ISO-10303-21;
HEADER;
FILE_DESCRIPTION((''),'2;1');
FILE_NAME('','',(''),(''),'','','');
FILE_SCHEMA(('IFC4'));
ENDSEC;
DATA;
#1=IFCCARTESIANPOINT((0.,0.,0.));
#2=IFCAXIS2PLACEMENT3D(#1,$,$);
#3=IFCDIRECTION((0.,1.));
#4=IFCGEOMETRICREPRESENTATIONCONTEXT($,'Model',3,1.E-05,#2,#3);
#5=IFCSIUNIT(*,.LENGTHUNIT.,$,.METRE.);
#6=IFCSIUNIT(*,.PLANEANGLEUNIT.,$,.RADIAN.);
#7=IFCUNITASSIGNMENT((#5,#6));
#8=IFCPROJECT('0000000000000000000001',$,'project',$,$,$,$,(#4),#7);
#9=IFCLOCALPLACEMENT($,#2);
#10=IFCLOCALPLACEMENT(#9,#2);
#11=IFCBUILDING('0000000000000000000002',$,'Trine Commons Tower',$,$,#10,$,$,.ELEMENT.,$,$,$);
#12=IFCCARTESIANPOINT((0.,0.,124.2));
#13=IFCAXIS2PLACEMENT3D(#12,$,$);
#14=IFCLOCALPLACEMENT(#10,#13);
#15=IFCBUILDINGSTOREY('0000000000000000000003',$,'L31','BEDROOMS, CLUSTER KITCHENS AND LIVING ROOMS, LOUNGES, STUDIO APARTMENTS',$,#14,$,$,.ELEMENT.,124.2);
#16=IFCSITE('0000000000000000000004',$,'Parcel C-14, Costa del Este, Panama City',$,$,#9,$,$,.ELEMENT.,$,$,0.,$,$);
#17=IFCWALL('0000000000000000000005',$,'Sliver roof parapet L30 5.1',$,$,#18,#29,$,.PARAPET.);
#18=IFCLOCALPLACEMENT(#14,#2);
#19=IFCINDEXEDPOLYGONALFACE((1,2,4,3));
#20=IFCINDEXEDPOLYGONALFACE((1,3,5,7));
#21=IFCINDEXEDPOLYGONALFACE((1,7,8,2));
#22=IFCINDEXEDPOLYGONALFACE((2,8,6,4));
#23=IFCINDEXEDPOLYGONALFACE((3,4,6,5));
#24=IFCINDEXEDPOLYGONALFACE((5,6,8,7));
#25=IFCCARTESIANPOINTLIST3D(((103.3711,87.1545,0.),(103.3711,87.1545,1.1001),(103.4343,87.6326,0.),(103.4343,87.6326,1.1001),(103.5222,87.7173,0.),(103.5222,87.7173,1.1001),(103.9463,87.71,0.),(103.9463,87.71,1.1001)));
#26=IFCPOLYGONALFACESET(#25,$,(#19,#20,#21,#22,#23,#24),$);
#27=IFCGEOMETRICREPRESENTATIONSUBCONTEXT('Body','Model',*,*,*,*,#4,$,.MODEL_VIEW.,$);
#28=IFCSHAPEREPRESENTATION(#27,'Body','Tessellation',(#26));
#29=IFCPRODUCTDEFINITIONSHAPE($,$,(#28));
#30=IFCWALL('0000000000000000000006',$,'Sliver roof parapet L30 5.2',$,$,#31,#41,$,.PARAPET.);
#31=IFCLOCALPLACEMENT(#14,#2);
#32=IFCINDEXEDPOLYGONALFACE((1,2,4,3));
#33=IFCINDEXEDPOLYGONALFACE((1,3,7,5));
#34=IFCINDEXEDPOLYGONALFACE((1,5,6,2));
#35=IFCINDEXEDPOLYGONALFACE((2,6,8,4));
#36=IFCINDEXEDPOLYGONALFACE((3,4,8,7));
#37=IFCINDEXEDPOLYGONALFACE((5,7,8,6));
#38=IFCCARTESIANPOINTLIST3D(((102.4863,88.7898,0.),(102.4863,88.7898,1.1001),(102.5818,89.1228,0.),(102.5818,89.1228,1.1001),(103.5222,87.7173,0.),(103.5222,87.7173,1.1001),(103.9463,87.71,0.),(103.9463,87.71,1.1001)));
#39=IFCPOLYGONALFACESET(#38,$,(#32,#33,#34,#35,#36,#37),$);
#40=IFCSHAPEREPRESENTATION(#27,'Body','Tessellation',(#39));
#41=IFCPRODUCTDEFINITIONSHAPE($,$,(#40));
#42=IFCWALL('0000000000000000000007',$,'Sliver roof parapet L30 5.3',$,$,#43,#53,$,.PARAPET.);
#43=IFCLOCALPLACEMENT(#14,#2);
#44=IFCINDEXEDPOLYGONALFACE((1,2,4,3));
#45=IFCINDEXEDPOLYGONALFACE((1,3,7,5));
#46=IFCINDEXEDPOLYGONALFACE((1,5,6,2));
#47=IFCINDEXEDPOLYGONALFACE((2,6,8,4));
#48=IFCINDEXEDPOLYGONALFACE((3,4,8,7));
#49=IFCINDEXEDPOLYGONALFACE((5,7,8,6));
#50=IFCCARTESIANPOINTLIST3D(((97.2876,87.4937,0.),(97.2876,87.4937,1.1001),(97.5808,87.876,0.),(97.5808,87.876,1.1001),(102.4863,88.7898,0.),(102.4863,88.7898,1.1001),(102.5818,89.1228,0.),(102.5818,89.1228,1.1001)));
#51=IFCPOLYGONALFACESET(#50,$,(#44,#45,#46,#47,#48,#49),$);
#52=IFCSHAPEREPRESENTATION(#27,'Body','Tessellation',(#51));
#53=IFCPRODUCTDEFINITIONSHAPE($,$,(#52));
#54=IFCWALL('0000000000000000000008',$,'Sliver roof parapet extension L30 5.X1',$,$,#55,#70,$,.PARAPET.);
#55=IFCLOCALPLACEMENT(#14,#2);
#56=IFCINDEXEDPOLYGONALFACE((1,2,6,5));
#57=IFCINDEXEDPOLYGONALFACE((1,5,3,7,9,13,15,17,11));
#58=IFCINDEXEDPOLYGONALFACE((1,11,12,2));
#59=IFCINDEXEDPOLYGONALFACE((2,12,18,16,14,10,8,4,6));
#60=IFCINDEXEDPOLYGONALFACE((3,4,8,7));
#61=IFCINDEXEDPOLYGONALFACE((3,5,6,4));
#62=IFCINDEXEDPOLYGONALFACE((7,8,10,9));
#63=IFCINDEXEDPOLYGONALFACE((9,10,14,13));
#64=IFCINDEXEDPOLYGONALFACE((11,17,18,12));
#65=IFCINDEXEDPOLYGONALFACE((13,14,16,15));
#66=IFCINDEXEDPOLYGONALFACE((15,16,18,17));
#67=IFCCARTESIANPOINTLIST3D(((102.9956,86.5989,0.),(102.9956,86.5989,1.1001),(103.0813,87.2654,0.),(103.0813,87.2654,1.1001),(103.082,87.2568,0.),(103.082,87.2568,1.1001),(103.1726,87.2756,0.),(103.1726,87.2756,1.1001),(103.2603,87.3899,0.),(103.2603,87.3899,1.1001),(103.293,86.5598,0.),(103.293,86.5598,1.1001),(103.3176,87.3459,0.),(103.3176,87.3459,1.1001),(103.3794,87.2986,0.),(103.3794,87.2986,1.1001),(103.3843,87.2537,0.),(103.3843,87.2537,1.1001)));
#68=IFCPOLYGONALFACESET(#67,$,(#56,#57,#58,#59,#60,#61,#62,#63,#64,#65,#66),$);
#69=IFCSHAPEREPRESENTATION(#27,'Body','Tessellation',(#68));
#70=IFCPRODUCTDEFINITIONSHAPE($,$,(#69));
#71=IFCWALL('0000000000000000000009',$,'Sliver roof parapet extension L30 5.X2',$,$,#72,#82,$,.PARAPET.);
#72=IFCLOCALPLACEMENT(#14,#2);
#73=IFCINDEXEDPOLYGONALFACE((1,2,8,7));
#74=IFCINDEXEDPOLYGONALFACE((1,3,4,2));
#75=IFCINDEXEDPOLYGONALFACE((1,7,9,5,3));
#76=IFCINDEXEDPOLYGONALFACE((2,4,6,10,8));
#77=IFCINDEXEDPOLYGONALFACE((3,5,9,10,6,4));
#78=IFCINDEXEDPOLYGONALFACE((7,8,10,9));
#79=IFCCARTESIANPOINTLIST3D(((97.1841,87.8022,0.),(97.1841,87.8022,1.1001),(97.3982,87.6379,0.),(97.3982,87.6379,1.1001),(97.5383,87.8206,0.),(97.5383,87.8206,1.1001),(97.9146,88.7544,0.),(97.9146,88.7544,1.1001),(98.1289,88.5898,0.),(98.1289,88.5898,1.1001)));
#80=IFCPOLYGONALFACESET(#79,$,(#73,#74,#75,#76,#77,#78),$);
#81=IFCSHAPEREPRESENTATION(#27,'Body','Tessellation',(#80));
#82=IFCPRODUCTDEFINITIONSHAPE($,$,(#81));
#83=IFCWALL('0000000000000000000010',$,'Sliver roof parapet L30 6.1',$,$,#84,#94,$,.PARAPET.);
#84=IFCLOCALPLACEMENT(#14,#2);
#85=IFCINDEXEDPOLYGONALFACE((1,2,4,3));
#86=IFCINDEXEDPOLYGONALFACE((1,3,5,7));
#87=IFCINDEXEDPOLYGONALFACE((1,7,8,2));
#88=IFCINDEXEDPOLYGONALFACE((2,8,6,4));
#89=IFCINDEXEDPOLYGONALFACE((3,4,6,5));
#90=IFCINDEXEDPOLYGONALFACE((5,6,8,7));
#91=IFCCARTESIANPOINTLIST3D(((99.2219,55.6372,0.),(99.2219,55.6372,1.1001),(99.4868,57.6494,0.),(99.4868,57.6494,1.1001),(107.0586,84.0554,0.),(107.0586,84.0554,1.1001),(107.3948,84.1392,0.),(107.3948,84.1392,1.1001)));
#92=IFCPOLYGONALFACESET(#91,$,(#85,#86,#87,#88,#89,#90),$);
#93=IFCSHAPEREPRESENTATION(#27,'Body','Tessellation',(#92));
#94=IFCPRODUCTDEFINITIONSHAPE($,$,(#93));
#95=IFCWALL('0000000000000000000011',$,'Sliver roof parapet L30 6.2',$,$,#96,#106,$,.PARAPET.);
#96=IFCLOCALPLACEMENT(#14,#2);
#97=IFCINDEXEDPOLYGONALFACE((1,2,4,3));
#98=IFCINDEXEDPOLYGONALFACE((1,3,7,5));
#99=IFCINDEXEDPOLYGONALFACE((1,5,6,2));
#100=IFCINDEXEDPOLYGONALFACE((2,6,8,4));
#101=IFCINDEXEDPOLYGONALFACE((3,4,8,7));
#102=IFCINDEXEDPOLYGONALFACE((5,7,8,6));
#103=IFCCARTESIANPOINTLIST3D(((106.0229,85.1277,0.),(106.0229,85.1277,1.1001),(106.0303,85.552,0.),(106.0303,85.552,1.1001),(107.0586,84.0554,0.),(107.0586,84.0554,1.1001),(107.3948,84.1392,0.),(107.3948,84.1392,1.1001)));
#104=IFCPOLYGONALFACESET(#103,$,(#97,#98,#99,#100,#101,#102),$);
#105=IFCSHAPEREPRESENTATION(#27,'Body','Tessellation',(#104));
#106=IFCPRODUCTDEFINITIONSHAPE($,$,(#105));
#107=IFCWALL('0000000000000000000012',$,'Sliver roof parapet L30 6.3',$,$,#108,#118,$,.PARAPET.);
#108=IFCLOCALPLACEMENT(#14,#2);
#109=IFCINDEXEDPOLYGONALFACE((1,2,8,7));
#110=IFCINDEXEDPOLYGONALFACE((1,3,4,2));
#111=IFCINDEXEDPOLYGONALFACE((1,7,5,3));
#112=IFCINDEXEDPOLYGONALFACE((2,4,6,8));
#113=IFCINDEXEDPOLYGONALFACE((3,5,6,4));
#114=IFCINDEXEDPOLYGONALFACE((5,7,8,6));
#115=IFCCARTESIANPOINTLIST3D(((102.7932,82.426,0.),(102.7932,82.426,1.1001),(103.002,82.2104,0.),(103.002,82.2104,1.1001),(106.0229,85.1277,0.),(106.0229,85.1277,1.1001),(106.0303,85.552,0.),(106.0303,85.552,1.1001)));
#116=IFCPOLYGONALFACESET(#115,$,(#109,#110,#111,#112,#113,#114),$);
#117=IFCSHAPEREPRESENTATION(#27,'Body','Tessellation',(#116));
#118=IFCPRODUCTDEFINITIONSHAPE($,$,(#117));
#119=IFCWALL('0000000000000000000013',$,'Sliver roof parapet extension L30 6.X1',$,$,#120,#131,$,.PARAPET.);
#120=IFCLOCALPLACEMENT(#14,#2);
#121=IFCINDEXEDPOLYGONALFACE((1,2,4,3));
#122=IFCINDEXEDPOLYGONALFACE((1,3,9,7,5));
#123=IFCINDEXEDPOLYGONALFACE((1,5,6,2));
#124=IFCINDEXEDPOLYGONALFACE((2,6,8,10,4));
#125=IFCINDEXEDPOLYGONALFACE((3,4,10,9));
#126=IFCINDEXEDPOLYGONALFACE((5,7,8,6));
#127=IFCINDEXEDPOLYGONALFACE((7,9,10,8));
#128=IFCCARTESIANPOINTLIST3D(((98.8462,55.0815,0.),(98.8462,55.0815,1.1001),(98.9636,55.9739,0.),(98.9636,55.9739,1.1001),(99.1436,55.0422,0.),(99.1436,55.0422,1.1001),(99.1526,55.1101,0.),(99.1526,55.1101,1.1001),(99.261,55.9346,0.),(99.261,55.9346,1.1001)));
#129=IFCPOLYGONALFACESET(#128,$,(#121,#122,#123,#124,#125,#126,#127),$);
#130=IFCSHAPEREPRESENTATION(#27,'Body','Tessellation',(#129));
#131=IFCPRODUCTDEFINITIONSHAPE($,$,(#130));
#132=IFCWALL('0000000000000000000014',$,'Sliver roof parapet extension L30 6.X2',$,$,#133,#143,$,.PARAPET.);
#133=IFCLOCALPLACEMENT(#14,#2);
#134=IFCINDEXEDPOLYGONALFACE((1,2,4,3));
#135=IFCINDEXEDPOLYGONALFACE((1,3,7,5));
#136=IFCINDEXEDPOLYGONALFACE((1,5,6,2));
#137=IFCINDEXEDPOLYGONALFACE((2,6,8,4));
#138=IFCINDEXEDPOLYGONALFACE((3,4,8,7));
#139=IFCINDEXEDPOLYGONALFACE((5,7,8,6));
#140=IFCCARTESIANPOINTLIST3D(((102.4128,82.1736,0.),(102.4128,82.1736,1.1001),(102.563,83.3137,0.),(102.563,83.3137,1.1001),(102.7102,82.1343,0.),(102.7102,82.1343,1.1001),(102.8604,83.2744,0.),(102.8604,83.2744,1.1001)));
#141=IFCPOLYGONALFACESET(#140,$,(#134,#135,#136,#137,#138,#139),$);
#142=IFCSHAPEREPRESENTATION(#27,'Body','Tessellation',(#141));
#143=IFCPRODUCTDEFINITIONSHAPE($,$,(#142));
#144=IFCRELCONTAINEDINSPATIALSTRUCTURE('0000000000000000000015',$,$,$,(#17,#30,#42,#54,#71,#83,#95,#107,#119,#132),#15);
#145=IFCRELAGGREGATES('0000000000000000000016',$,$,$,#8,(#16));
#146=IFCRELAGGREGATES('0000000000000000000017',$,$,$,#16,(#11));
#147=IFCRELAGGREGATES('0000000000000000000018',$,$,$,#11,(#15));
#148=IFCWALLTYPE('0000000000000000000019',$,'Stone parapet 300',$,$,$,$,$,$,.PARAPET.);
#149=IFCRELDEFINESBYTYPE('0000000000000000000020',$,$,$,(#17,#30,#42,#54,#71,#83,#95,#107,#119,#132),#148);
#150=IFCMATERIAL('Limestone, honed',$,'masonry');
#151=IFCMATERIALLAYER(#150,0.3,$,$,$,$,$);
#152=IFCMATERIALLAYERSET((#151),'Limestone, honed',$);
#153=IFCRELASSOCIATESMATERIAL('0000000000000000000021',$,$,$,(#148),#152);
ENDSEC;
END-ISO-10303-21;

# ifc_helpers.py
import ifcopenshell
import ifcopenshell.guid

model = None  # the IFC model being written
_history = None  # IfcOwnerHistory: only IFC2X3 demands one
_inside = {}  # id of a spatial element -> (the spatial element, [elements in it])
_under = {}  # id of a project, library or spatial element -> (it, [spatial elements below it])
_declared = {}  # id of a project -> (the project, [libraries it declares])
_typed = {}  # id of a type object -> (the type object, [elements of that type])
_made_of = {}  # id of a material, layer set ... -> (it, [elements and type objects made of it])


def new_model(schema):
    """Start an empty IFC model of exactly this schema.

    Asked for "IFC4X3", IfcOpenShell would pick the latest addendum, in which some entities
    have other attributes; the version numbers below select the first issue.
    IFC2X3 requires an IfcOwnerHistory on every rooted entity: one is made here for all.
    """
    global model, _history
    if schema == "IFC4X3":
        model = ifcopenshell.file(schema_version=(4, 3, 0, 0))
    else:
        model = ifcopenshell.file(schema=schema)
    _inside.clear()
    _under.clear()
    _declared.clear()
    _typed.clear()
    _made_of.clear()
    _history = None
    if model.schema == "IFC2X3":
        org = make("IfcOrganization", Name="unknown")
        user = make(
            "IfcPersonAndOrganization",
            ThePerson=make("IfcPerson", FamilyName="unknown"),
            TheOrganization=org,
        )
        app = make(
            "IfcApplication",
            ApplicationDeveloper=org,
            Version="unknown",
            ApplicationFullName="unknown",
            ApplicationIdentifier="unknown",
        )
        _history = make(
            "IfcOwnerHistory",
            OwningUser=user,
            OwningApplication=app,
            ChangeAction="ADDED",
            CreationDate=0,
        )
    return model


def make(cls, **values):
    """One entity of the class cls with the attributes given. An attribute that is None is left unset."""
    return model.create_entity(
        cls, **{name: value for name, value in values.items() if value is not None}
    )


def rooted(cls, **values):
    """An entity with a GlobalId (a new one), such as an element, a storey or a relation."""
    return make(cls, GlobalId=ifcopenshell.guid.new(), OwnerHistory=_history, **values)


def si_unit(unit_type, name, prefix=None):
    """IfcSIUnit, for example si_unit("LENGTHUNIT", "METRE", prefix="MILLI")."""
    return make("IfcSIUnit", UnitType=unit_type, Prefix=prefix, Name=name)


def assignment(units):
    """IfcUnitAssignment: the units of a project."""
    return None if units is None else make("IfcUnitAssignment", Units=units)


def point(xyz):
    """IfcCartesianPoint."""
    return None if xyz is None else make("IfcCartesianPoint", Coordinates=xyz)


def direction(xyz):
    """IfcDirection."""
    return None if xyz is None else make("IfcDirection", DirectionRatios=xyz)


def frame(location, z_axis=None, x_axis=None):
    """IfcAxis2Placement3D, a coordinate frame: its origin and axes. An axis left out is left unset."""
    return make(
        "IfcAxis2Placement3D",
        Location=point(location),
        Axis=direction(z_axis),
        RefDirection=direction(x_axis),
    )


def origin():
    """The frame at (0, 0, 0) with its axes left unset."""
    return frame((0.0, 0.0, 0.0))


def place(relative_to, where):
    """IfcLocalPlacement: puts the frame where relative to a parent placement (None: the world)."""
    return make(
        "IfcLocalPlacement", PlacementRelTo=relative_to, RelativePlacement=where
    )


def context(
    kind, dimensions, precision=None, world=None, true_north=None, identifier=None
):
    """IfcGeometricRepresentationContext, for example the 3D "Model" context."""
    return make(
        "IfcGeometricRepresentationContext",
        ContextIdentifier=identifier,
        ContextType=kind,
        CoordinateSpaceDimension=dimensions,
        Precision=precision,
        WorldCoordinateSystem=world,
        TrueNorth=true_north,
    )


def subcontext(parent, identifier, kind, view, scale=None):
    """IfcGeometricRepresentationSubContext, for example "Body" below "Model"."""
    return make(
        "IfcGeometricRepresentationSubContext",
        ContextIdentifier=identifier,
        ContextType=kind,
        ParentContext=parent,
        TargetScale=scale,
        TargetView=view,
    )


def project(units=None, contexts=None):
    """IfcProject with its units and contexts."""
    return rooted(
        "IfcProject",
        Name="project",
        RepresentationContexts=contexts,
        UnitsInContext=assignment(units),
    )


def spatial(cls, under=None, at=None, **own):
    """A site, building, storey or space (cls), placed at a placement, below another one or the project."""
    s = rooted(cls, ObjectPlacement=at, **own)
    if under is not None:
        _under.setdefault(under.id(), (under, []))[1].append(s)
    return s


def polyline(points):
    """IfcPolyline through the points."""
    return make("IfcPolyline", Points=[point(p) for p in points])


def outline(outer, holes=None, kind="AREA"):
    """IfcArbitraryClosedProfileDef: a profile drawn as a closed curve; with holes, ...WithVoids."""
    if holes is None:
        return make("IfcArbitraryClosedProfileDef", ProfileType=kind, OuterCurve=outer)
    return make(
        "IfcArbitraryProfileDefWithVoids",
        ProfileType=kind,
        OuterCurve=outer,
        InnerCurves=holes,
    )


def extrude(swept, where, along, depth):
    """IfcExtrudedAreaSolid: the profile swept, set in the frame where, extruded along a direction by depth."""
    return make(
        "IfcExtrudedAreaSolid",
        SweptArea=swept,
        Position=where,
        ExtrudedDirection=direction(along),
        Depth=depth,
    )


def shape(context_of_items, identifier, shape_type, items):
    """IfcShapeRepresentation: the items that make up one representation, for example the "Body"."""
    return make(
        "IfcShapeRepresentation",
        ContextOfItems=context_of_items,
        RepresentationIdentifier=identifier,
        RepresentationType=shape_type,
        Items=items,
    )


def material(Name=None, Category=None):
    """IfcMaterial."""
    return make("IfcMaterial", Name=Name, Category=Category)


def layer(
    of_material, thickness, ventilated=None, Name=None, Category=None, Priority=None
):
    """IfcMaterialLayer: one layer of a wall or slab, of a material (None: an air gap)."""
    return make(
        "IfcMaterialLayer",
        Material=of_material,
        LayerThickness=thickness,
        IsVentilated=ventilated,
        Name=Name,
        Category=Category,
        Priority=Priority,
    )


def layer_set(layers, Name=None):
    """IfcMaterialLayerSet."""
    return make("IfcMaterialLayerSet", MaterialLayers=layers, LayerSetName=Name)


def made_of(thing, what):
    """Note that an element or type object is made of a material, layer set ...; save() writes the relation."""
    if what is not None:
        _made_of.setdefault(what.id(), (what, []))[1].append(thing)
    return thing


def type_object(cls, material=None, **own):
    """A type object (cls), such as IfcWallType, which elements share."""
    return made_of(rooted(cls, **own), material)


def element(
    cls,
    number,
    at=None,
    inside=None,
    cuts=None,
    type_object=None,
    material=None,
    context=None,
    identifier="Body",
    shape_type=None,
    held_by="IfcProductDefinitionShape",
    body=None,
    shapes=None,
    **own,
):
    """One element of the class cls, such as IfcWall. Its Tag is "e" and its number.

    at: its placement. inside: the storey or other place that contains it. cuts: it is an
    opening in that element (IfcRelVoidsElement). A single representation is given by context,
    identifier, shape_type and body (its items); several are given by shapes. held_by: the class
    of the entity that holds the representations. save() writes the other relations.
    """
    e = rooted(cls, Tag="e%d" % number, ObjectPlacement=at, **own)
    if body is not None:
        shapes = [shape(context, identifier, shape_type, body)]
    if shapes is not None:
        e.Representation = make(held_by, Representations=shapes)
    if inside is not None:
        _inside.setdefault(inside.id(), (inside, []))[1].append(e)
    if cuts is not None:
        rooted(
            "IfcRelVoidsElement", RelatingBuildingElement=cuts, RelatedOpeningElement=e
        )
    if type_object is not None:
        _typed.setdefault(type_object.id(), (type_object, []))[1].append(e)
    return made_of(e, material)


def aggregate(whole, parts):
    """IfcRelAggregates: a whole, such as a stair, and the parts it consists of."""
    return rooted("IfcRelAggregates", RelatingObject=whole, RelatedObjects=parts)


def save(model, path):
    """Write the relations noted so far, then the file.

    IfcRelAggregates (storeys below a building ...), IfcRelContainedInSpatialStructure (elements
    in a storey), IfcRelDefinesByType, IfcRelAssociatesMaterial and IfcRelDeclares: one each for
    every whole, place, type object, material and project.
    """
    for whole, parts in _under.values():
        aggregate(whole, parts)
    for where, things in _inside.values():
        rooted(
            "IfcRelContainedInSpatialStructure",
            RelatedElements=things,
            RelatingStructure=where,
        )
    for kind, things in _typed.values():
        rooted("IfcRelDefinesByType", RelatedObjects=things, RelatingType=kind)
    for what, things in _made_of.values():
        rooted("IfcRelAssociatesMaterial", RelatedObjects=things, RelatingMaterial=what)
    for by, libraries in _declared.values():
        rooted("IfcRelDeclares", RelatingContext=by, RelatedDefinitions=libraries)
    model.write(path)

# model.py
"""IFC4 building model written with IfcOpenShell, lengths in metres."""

from ifc_helpers import new_model, si_unit, direction, frame, origin, place, context, subcontext, project, spatial, polyline, outline, extrude, material, layer, layer_set, type_object, element, save


model = new_model("IFC4")

# Units and contexts
model_context = context("Model", 3, precision=1e-05, world=origin(), true_north=direction((0.0, 1.0)))
body_context = subcontext(model_context, "Body", "Model", "MODEL_VIEW")
ifc_project = project(units=[si_unit("LENGTHUNIT", "METRE"), si_unit("PLANEANGLEUNIT", "RADIAN")], contexts=[model_context])

# Site, building, storey
site_placement = place(None, origin())
site = spatial("IfcSite", under=ifc_project, at=site_placement, Name="Parcel C-14, Costa del Este, Panama City", CompositionType="ELEMENT", RefElevation=0.0)
building_placement = place(site_placement, origin())
building = spatial("IfcBuilding", under=site, at=building_placement, Name="Trine Commons Tower", CompositionType="ELEMENT")
storey_placement = place(building_placement, frame((0.0, 0.0, 124.2)))
storey = spatial("IfcBuildingStorey", under=building, at=storey_placement, Name="L31", Description="BEDROOMS, CLUSTER KITCHENS AND LIVING ROOMS, LOUNGES, STUDIO APARTMENTS", CompositionType="ELEMENT", Elevation=124.2)

# Walls
ifc_material_1 = material(Name="Limestone, honed", Category="masonry")
ifc_layer_1 = layer(ifc_material_1, 0.3)
ifc_layer_set_1 = layer_set([ifc_layer_1], Name="Limestone, honed")
wall_type = type_object("IfcWallType", Name="Stone parapet 300", PredefinedType="PARAPET", material=ifc_layer_set_1)
wall_1_placement = place(storey_placement, origin())
element("IfcWall", 1, at=wall_1_placement, inside=storey, type_object=wall_type, Name="Sliver roof parapet L30 5.1", PredefinedType="PARAPET", context=body_context, shape_type="SweptSolid", body=[
    extrude(outline(polyline([(103.3711, 87.1545), (103.9463, 87.71), (103.5222, 87.7173), (103.4343, 87.6326), (103.3711, 87.1545)])), origin(), (0.0, 0.0, 1.0), 1.1001),
])
wall_2_placement = place(storey_placement, origin())
element("IfcWall", 2, at=wall_2_placement, inside=storey, type_object=wall_type, Name="Sliver roof parapet L30 5.2", PredefinedType="PARAPET", context=body_context, shape_type="SweptSolid", body=[
    extrude(outline(polyline([(103.9463, 87.71), (102.5818, 89.1228), (102.4863, 88.7898), (103.5222, 87.7173), (103.9463, 87.71)])), origin(), (0.0, 0.0, 1.0), 1.1001),
])
wall_3_placement = place(storey_placement, origin())
element("IfcWall", 3, at=wall_3_placement, inside=storey, type_object=wall_type, Name="Sliver roof parapet L30 5.3", PredefinedType="PARAPET", context=body_context, shape_type="SweptSolid", body=[
    extrude(outline(polyline([(102.5818, 89.1228), (97.5808, 87.876), (97.2876, 87.4937), (102.4863, 88.7898), (102.5818, 89.1228)])), origin(), (0.0, 0.0, 1.0), 1.1001),
])
wall_4_placement = place(storey_placement, origin())
element("IfcWall", 4, at=wall_4_placement, inside=storey, type_object=wall_type, Name="Sliver roof parapet extension L30 5.X1", PredefinedType="PARAPET", context=body_context, shape_type="SweptSolid", body=[
    extrude(outline(polyline([(103.2603, 87.3899), (103.1726, 87.2756), (103.0813, 87.2654), (103.082, 87.2568), (102.9956, 86.5989), (103.293, 86.5598), (103.3843, 87.2537), (103.3794, 87.2986), (103.3176, 87.3459), (103.2603, 87.3899)])), origin(), (0.0, 0.0, 1.0), 1.1001),
])
wall_5_placement = place(storey_placement, origin())
element("IfcWall", 5, at=wall_5_placement, inside=storey, type_object=wall_type, Name="Sliver roof parapet extension L30 5.X2", PredefinedType="PARAPET", context=body_context, shape_type="SweptSolid", body=[
    extrude(outline(polyline([(98.1289, 88.5898), (97.9146, 88.7544), (97.1841, 87.8022), (97.3982, 87.6379), (97.5383, 87.8206), (98.1289, 88.5898)])), origin(), (0.0, 0.0, 1.0), 1.1001),
])
wall_6_placement = place(storey_placement, origin())
element("IfcWall", 6, at=wall_6_placement, inside=storey, type_object=wall_type, Name="Sliver roof parapet L30 6.1", PredefinedType="PARAPET", context=body_context, shape_type="SweptSolid", body=[
    extrude(outline(polyline([(99.2219, 55.6372), (107.3948, 84.1392), (107.0586, 84.0554), (99.4868, 57.6494), (99.2219, 55.6372)])), origin(), (0.0, 0.0, 1.0), 1.1001),
])
wall_7_placement = place(storey_placement, origin())
element("IfcWall", 7, at=wall_7_placement, inside=storey, type_object=wall_type, Name="Sliver roof parapet L30 6.2", PredefinedType="PARAPET", context=body_context, shape_type="SweptSolid", body=[
    extrude(outline(polyline([(107.3948, 84.1392), (106.0303, 85.552), (106.0229, 85.1277), (107.0586, 84.0554), (107.3948, 84.1392)])), origin(), (0.0, 0.0, 1.0), 1.1001),
])
wall_8_placement = place(storey_placement, origin())
element("IfcWall", 8, at=wall_8_placement, inside=storey, type_object=wall_type, Name="Sliver roof parapet L30 6.3", PredefinedType="PARAPET", context=body_context, shape_type="SweptSolid", body=[
    extrude(outline(polyline([(106.0303, 85.552), (102.7932, 82.426), (103.002, 82.2104), (106.0229, 85.1277), (106.0303, 85.552)])), origin(), (0.0, 0.0, 1.0), 1.1001),
])
wall_9_placement = place(storey_placement, origin())
element("IfcWall", 9, at=wall_9_placement, inside=storey, type_object=wall_type, Name="Sliver roof parapet extension L30 6.X1", PredefinedType="PARAPET", context=body_context, shape_type="SweptSolid", body=[
    extrude(outline(polyline([(99.261, 55.9346), (98.9636, 55.9739), (98.8462, 55.0815), (99.1436, 55.0422), (99.1526, 55.1101), (99.261, 55.9346)])), origin(), (0.0, 0.0, 1.0), 1.1001),
])
wall_10_placement = place(storey_placement, origin())
element("IfcWall", 10, at=wall_10_placement, inside=storey, type_object=wall_type, Name="Sliver roof parapet extension L30 6.X2", PredefinedType="PARAPET", context=body_context, shape_type="SweptSolid", body=[
    extrude(outline(polyline([(102.4128, 82.1736), (102.7102, 82.1343), (102.8604, 83.2744), (102.563, 83.3137), (102.4128, 82.1736)])), origin(), (0.0, 0.0, 1.0), 1.1001),
])

save(model, "model.ifc")
